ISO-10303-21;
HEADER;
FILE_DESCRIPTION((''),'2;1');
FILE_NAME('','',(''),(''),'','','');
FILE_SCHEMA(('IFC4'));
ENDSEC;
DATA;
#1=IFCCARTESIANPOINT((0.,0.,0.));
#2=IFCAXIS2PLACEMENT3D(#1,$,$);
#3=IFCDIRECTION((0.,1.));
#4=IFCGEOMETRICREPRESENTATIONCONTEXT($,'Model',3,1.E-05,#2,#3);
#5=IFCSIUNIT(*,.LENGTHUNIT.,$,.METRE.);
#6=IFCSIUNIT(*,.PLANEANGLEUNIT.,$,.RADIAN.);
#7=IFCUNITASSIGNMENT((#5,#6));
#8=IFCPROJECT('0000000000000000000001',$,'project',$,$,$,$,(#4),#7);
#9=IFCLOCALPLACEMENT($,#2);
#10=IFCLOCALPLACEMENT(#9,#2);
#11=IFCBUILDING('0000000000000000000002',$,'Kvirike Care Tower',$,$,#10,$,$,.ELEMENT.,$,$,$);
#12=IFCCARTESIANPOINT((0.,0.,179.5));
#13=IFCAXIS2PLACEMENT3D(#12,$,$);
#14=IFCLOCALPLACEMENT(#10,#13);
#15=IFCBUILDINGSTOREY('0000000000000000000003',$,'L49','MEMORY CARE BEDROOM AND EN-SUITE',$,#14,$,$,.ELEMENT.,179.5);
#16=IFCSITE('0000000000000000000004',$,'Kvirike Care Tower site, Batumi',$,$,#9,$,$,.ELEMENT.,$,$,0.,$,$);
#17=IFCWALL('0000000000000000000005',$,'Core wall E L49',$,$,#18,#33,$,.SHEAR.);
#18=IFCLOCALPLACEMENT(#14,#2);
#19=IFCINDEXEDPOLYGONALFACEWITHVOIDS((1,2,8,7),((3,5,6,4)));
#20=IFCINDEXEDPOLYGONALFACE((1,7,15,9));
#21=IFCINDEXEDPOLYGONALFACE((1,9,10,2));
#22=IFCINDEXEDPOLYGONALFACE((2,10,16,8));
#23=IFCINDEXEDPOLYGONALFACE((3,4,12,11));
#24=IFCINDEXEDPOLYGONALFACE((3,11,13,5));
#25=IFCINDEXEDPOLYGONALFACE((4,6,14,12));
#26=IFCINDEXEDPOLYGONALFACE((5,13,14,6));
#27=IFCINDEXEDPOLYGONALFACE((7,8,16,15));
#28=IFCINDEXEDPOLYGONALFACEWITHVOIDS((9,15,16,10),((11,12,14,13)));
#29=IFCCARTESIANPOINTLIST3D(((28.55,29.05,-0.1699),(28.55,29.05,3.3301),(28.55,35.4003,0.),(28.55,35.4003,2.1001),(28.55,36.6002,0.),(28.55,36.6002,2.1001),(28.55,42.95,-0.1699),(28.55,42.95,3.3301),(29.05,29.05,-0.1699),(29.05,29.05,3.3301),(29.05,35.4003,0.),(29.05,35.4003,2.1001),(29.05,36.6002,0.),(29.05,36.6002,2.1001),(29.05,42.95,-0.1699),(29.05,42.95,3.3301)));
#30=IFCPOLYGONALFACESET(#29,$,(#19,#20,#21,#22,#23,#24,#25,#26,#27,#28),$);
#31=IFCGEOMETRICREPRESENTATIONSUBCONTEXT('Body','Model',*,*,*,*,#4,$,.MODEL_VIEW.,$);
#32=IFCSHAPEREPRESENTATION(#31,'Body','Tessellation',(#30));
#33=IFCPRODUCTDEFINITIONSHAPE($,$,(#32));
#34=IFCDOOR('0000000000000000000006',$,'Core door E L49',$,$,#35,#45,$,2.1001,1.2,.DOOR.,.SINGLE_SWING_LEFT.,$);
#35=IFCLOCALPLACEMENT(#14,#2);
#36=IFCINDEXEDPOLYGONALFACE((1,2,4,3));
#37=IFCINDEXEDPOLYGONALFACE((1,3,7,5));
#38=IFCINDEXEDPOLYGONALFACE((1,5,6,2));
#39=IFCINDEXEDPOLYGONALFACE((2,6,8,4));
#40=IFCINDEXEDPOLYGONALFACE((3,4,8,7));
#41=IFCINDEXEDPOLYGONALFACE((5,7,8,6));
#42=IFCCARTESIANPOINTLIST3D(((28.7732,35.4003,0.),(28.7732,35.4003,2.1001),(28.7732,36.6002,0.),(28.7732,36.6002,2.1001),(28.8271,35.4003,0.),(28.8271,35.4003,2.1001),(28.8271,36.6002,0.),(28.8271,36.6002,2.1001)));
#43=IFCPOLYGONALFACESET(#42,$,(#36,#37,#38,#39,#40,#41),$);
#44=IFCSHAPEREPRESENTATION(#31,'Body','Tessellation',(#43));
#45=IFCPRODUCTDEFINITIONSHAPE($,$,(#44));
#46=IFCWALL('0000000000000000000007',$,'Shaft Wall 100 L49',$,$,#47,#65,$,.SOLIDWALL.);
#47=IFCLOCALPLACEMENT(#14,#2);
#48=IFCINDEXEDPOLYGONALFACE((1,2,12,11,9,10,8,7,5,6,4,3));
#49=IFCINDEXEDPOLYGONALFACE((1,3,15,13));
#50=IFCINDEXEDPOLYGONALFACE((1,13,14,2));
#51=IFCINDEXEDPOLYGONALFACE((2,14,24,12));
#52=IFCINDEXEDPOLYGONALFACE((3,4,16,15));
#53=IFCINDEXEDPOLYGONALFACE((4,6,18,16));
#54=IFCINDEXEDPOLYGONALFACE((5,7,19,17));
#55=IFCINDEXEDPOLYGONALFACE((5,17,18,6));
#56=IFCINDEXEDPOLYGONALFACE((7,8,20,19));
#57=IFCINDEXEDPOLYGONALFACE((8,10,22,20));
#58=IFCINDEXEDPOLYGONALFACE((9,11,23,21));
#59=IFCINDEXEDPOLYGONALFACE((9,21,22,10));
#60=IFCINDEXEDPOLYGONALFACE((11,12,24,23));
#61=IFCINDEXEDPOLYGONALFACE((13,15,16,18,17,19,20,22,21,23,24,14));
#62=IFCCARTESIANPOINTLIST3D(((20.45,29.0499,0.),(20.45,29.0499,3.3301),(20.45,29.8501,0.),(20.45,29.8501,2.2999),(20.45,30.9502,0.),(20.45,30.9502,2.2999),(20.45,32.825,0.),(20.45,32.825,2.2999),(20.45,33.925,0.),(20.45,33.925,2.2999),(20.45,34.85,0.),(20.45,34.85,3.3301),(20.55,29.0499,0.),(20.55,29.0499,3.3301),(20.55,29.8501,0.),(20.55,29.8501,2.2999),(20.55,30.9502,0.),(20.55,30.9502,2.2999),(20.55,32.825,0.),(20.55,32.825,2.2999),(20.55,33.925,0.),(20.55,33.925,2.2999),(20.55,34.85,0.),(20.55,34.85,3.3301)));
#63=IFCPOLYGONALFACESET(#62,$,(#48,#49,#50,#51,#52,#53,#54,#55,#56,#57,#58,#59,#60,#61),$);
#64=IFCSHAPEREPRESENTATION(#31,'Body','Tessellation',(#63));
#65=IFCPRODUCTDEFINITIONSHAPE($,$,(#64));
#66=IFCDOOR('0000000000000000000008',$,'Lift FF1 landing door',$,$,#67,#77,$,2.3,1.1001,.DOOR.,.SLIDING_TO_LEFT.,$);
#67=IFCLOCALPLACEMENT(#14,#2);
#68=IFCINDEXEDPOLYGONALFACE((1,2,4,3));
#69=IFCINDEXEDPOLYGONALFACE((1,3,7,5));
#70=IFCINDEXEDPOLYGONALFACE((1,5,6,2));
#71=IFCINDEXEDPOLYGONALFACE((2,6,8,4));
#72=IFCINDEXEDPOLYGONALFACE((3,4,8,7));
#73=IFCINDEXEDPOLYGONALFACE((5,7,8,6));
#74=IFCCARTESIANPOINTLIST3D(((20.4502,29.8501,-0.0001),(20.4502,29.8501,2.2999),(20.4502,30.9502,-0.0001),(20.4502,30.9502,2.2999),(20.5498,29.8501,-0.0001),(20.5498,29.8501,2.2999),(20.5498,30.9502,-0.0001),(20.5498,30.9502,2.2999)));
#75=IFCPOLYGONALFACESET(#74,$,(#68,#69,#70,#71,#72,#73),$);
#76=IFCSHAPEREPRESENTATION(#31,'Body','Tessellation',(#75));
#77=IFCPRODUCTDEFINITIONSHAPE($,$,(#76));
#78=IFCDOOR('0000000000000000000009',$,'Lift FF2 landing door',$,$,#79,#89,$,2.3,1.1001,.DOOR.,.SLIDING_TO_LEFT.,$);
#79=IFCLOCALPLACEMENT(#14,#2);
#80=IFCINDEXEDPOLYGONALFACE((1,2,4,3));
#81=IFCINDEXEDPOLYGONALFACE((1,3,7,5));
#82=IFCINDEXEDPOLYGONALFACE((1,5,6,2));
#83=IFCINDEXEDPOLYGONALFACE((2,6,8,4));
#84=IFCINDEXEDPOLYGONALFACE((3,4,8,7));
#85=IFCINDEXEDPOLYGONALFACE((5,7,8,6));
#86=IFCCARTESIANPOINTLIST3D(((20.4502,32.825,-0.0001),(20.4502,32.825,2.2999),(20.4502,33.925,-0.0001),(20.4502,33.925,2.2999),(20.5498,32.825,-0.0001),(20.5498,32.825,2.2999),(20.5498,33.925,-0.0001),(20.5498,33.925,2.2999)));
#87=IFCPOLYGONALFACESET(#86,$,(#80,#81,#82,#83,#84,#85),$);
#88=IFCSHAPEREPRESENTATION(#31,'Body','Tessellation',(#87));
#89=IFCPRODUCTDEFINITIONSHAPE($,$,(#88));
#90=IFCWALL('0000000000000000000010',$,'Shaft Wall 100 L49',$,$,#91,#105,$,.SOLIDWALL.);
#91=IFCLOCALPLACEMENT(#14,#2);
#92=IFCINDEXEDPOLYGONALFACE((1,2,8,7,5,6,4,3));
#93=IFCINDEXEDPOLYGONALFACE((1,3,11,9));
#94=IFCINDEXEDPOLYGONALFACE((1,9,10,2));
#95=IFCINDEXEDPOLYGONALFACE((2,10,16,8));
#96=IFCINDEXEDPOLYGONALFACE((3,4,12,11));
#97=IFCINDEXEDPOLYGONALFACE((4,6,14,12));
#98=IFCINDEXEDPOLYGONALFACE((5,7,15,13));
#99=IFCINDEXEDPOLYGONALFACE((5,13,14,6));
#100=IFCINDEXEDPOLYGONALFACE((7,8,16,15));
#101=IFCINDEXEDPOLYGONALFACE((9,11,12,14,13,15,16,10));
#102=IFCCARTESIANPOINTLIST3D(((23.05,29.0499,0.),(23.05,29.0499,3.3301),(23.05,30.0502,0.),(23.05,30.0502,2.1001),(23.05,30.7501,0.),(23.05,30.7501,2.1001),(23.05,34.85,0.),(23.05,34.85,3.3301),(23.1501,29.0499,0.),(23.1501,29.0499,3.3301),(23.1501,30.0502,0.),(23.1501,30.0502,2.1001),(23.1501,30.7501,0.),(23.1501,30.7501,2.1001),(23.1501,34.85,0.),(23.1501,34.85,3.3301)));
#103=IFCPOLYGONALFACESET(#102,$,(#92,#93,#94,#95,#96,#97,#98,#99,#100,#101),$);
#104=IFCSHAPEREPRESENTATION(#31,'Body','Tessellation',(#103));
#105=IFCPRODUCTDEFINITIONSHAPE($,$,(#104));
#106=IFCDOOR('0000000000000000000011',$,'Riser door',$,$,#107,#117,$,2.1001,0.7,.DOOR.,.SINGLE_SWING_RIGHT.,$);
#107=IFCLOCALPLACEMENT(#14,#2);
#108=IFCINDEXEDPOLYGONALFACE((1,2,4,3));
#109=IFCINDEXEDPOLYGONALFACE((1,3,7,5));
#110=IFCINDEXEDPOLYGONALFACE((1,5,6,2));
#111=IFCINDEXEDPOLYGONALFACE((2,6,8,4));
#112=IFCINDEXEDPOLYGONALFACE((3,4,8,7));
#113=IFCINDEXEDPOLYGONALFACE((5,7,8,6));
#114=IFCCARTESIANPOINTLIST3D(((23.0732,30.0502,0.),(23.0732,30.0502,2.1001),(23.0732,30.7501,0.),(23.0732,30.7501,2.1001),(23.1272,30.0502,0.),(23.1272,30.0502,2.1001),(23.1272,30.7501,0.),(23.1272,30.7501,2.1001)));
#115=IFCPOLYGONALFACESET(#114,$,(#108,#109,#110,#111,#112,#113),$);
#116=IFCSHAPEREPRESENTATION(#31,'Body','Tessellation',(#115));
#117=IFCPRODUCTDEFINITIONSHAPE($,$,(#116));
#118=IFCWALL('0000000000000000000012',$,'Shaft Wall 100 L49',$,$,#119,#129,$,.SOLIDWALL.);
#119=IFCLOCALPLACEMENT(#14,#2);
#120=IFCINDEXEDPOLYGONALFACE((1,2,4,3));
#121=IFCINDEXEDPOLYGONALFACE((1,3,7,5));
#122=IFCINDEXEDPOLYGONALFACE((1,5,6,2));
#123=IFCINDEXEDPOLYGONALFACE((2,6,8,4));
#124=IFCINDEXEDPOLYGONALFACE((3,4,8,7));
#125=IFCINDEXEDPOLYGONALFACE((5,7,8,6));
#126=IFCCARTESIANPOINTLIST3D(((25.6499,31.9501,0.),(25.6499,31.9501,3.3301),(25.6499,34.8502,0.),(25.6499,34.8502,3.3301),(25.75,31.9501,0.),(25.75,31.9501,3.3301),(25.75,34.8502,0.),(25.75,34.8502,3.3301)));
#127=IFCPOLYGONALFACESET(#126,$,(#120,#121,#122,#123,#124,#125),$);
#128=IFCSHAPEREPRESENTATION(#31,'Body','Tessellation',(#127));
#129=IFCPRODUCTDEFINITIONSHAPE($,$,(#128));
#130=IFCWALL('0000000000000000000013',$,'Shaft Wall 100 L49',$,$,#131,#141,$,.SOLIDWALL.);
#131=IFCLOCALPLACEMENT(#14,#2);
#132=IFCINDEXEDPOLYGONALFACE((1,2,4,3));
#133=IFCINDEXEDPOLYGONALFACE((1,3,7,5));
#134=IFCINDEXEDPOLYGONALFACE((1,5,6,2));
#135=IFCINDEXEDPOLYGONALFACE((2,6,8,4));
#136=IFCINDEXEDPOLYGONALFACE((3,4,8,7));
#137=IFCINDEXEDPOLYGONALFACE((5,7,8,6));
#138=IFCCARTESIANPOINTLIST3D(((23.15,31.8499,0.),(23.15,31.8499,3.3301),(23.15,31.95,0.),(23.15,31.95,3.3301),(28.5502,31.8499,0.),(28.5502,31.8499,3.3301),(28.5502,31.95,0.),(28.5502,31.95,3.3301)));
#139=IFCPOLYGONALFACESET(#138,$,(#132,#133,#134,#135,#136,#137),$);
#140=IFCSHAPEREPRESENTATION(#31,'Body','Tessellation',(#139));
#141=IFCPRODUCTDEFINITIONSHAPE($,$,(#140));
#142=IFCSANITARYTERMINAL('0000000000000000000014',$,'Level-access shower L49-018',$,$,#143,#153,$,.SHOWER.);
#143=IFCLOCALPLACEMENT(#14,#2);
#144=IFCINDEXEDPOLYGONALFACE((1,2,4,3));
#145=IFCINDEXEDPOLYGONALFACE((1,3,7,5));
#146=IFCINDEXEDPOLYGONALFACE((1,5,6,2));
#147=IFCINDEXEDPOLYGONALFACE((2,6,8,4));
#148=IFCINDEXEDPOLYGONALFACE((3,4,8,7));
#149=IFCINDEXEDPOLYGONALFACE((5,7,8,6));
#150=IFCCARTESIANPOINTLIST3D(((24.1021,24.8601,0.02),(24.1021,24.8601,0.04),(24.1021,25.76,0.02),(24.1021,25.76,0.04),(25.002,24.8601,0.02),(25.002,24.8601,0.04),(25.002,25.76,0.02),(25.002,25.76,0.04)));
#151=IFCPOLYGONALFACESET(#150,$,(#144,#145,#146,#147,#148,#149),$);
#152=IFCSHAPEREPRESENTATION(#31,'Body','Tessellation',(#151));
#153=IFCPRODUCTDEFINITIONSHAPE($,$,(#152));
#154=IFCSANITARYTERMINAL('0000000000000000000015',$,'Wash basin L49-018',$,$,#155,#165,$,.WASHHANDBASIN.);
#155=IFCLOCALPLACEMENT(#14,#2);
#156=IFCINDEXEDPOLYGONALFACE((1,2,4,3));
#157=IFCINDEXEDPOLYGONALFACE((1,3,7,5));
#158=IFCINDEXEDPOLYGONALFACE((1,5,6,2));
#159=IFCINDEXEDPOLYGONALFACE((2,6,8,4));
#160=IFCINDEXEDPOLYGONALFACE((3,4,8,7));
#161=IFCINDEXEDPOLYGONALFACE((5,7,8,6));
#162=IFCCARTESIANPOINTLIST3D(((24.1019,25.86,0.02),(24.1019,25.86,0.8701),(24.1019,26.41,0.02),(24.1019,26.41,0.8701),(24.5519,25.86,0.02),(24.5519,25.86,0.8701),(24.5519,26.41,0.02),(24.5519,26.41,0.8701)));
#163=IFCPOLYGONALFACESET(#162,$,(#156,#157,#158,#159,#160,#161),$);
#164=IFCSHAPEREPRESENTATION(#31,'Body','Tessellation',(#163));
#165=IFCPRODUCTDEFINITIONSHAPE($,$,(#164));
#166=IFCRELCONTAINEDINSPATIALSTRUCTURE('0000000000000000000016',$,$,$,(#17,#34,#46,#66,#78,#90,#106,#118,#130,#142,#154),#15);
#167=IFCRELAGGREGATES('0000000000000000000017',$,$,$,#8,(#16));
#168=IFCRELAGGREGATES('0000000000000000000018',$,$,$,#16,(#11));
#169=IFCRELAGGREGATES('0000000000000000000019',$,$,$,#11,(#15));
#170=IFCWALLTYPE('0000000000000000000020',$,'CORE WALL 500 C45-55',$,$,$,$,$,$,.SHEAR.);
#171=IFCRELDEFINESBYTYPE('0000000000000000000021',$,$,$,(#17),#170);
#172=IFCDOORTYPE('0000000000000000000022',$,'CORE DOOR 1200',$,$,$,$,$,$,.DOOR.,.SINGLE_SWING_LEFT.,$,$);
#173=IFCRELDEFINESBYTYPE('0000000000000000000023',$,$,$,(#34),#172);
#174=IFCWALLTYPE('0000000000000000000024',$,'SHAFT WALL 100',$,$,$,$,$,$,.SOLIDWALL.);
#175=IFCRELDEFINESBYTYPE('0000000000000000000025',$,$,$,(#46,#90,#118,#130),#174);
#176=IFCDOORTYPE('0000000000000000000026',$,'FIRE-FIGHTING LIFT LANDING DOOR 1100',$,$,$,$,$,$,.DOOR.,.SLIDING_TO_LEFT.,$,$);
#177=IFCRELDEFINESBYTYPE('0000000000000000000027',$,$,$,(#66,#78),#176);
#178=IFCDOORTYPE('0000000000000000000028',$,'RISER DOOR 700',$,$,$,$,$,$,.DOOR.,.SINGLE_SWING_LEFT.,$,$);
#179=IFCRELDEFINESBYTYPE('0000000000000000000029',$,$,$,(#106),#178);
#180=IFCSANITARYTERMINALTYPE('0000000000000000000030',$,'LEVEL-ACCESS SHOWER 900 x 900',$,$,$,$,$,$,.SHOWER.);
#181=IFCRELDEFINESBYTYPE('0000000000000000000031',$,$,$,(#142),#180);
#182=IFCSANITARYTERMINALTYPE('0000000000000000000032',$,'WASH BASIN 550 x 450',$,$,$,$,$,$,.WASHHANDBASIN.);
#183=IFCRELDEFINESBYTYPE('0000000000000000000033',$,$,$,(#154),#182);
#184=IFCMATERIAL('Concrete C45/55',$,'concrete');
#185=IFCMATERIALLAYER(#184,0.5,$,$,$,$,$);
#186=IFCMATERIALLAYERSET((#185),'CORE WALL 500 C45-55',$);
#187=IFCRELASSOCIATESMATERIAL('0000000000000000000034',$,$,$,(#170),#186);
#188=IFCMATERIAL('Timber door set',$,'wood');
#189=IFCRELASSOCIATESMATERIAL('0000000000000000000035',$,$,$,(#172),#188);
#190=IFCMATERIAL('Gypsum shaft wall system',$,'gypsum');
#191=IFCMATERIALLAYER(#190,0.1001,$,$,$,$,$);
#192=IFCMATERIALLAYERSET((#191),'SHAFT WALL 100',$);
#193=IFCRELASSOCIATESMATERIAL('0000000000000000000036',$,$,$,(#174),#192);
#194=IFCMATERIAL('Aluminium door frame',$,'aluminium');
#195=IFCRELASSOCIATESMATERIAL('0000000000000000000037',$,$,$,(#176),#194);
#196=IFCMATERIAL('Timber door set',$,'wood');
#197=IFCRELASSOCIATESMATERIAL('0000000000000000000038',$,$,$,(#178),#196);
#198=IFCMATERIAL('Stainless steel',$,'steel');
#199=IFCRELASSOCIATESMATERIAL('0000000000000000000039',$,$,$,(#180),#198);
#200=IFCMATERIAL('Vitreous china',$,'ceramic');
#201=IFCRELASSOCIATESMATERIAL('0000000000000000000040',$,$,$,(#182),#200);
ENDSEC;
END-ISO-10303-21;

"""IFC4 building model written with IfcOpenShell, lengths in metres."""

from ifc_helpers import new_model, si_unit, direction, frame, frame_2d, origin, origin_2d, place, context, subcontext, project, spatial, rectangle, extrude, material, layer, layer_set, type_object, element, fill, save


model = new_model("IFC4")

# Units and contexts
model_context = context("Model", 3, precision=1e-05, world=origin(), true_north=direction((0.0, 1.0)))
body_context = subcontext(model_context, "Body", "Model", "MODEL_VIEW")
ifc_project = project(units=[si_unit("LENGTHUNIT", "METRE"), si_unit("PLANEANGLEUNIT", "RADIAN")], contexts=[model_context])

# Site, building, storey
site_placement = place(None, origin())
site = spatial("IfcSite", under=ifc_project, at=site_placement, Name="Kvirike Care Tower site, Batumi", CompositionType="ELEMENT", RefElevation=0.0)
building_placement = place(site_placement, origin())
building = spatial("IfcBuilding", under=site, at=building_placement, Name="Kvirike Care Tower", CompositionType="ELEMENT")
storey_placement = place(building_placement, frame((0.0, 0.0, 179.5)))
storey = spatial("IfcBuildingStorey", under=building, at=storey_placement, Name="L49", Description="MEMORY CARE BEDROOM AND EN-SUITE", CompositionType="ELEMENT", Elevation=179.5)

# Wall, opening, door
ifc_material_1 = material(Name="Concrete C45/55", Category="concrete")
ifc_layer_1 = layer(ifc_material_1, 0.5)
ifc_layer_set_1 = layer_set([ifc_layer_1], Name="CORE WALL 500 C45-55")
wall_type_1 = type_object("IfcWallType", Name="CORE WALL 500 C45-55", PredefinedType="SHEAR", material=ifc_layer_set_1)
wall_1_placement = place(storey_placement, frame((28.8, 29.05, -0.1699), z_axis=(0.0, 0.0, 1.0), x_axis=(0.0, 1.0, 0.0)))
wall_1 = element("IfcWall", 1, at=wall_1_placement, inside=storey, type_object=wall_type_1, Name="Core wall E L49", PredefinedType="SHEAR", context=body_context, shape_type="SweptSolid", body=[
    extrude(rectangle(XDim=13.8999, YDim=0.5, at=frame_2d((6.95, 0.0))), origin(), (0.0, 0.0, 1.0), 3.5),
])
opening_1_placement = place(wall_1_placement, frame((6.3501, 0.0, 0.1699)))
opening_1 = element("IfcOpeningElement", 2, at=opening_1_placement, cuts=wall_1, PredefinedType="OPENING", context=body_context, shape_type="SweptSolid", body=[
    extrude(rectangle(XDim=1.2, YDim=2.1001, at=frame_2d((0.6001, 1.05))), frame((0.0, 0.2605, 0.0), z_axis=(0.0, -1.0, 0.0), x_axis=(1.0, 0.0, 0.0)), (0.0, 0.0, 1.0), 0.521),
])
ifc_material_2 = material(Name="Timber door set", Category="wood")
door_type_1 = type_object("IfcDoorType", Name="CORE DOOR 1200", OperationType="SINGLE_SWING_LEFT", PredefinedType="DOOR", material=ifc_material_2)
door_1_placement = place(opening_1_placement, origin())
door_1 = element("IfcDoor", 3, at=door_1_placement, inside=storey, type_object=door_type_1, Name="Core door E L49", OperationType="SINGLE_SWING_LEFT", OverallHeight=2.1001, OverallWidth=1.2, PredefinedType="DOOR", context=body_context, shape_type="SweptSolid", body=[
    extrude(rectangle(XDim=1.2, YDim=2.1001, at=frame_2d((0.6001, 1.05))), frame((0.0, 0.0269, 0.0), z_axis=(0.0, -1.0, 0.0), x_axis=(1.0, 0.0, 0.0)), (0.0, 0.0, 1.0), 0.054),
])
fill(opening_1, door_1)

# Wall, openings, doors
ifc_material_3 = material(Name="Gypsum shaft wall system", Category="gypsum")
ifc_layer_2 = layer(ifc_material_3, 0.1001)
ifc_layer_set_2 = layer_set([ifc_layer_2], Name="SHAFT WALL 100")
wall_type_2 = type_object("IfcWallType", Name="SHAFT WALL 100", PredefinedType="SOLIDWALL", material=ifc_layer_set_2)
wall_2_placement = place(storey_placement, frame((20.5, 29.05, 0.0), z_axis=(0.0, 0.0, 1.0), x_axis=(0.0, 1.0, 0.0)))
wall_2 = element("IfcWall", 4, at=wall_2_placement, inside=storey, type_object=wall_type_2, Name="Shaft Wall 100 L49", PredefinedType="SOLIDWALL", context=body_context, shape_type="SweptSolid", body=[
    extrude(rectangle(XDim=5.8, YDim=0.1001, at=frame_2d((2.8999, 0.0))), origin(), (0.0, 0.0, 1.0), 3.3301),
])
opening_2_placement = place(wall_2_placement, frame((0.8, 0.0, 0.0)))
opening_2 = element("IfcOpeningElement", 5, at=opening_2_placement, cuts=wall_2, PredefinedType="OPENING", context=body_context, shape_type="SweptSolid", body=[
    extrude(rectangle(XDim=1.1001, YDim=2.3, at=frame_2d((0.55, 1.1499))), frame((0.0, 0.0605, 0.0), z_axis=(0.0, -1.0, 0.0), x_axis=(1.0, 0.0, 0.0)), (0.0, 0.0, 1.0), 0.1211),
])
opening_3_placement = place(wall_2_placement, frame((3.7749, 0.0, 0.0)))
opening_3 = element("IfcOpeningElement", 6, at=opening_3_placement, cuts=wall_2, PredefinedType="OPENING", context=body_context, shape_type="SweptSolid", body=[
    extrude(rectangle(XDim=1.1001, YDim=2.3, at=frame_2d((0.55, 1.1499))), frame((0.0, 0.0605, 0.0), z_axis=(0.0, -1.0, 0.0), x_axis=(1.0, 0.0, 0.0)), (0.0, 0.0, 1.0), 0.1211),
])
ifc_material_4 = material(Name="Aluminium door frame", Category="aluminium")
door_type_2 = type_object("IfcDoorType", Name="FIRE-FIGHTING LIFT LANDING DOOR 1100", OperationType="SLIDING_TO_LEFT", PredefinedType="DOOR", material=ifc_material_4)
door_2_placement = place(opening_2_placement, origin())
door_2 = element("IfcDoor", 7, at=door_2_placement, inside=storey, type_object=door_type_2, Name="Lift FF1 landing door", OperationType="SLIDING_TO_LEFT", OverallHeight=2.3, OverallWidth=1.1001, PredefinedType="DOOR", context=body_context, shape_type="SweptSolid", body=[
    extrude(rectangle(XDim=1.1001, YDim=2.3, at=frame_2d((0.55, 1.1499))), frame((0.0, 0.0498, 0.0), z_axis=(0.0, -1.0, 0.0), x_axis=(1.0, 0.0, 0.0)), (0.0, 0.0, 1.0), 0.0996),
])
fill(opening_2, door_2)
door_3_placement = place(opening_3_placement, origin())
door_3 = element("IfcDoor", 8, at=door_3_placement, inside=storey, type_object=door_type_2, Name="Lift FF2 landing door", OperationType="SLIDING_TO_LEFT", OverallHeight=2.3, OverallWidth=1.1001, PredefinedType="DOOR", context=body_context, shape_type="SweptSolid", body=[
    extrude(rectangle(XDim=1.1001, YDim=2.3, at=frame_2d((0.55, 1.1499))), frame((0.0, 0.0498, 0.0), z_axis=(0.0, -1.0, 0.0), x_axis=(1.0, 0.0, 0.0)), (0.0, 0.0, 1.0), 0.0996),
])
fill(opening_3, door_3)

# Wall, opening, door
wall_3_placement = place(storey_placement, frame((23.1001, 29.05, 0.0), z_axis=(0.0, 0.0, 1.0), x_axis=(0.0, 1.0, 0.0)))
wall_3 = element("IfcWall", 9, at=wall_3_placement, inside=storey, type_object=wall_type_2, Name="Shaft Wall 100 L49", PredefinedType="SOLIDWALL", context=body_context, shape_type="SweptSolid", body=[
    extrude(rectangle(XDim=5.8, YDim=0.1001, at=frame_2d((2.8999, 0.0))), origin(), (0.0, 0.0, 1.0), 3.3301),
])
opening_4_placement = place(wall_3_placement, frame((1.0, 0.0, 0.0)))
opening_4 = element("IfcOpeningElement", 10, at=opening_4_placement, cuts=wall_3, PredefinedType="OPENING", context=body_context, shape_type="SweptSolid", body=[
    extrude(rectangle(XDim=0.7, YDim=2.1001, at=frame_2d((0.3501, 1.05))), frame((0.0, 0.0605, 0.0), z_axis=(0.0, -1.0, 0.0), x_axis=(1.0, 0.0, 0.0)), (0.0, 0.0, 1.0), 0.1211),
])
ifc_material_5 = material(Name="Timber door set", Category="wood")
door_type_3 = type_object("IfcDoorType", Name="RISER DOOR 700", OperationType="SINGLE_SWING_LEFT", PredefinedType="DOOR", material=ifc_material_5)
door_4_placement = place(opening_4_placement, origin())
door_4 = element("IfcDoor", 11, at=door_4_placement, inside=storey, type_object=door_type_3, Name="Riser door", OperationType="SINGLE_SWING_RIGHT", OverallHeight=2.1001, OverallWidth=0.7, PredefinedType="DOOR", context=body_context, shape_type="SweptSolid", body=[
    extrude(rectangle(XDim=0.7, YDim=2.1001, at=frame_2d((0.3501, 1.05))), frame((0.0, 0.0269, 0.0), z_axis=(0.0, -1.0, 0.0), x_axis=(1.0, 0.0, 0.0)), (0.0, 0.0, 1.0), 0.054),
])
fill(opening_4, door_4)

# Walls
wall_4_placement = place(storey_placement, frame((25.7, 31.95, 0.0), z_axis=(0.0, 0.0, 1.0), x_axis=(0.0, 1.0, 0.0)))
element("IfcWall", 12, at=wall_4_placement, inside=storey, type_object=wall_type_2, Name="Shaft Wall 100 L49", PredefinedType="SOLIDWALL", context=body_context, shape_type="SweptSolid", body=[
    extrude(rectangle(XDim=2.9001, YDim=0.1001, at=frame_2d((1.4502, 0.0))), origin(), (0.0, 0.0, 1.0), 3.3301),
])
wall_5_placement = place(storey_placement, frame((23.1499, 31.8999, 0.0), z_axis=(0.0, 0.0, 1.0), x_axis=(1.0, 0.0, 0.0)))
element("IfcWall", 13, at=wall_5_placement, inside=storey, type_object=wall_type_2, Name="Shaft Wall 100 L49", PredefinedType="SOLIDWALL", context=body_context, shape_type="SweptSolid", body=[
    extrude(rectangle(XDim=5.4001, YDim=0.1001, at=frame_2d((2.7002, 0.0))), origin(), (0.0, 0.0, 1.0), 3.3301),
])

# Sanitary terminals
ifc_material_6 = material(Name="Stainless steel", Category="steel")
sanitary_terminal_type_1 = type_object("IfcSanitaryTerminalType", Name="LEVEL-ACCESS SHOWER 900 x 900", PredefinedType="SHOWER", material=ifc_material_6)
sanitary_terminal_1_placement = place(storey_placement, frame((24.552, 25.3101, 0.02), z_axis=(0.0, 0.0, 1.0), x_axis=(0.0, 1.0, 0.0)))
element("IfcSanitaryTerminal", 14, at=sanitary_terminal_1_placement, inside=storey, type_object=sanitary_terminal_type_1, Name="Level-access shower L49-018", PredefinedType="SHOWER", context=body_context, shape_type="SweptSolid", body=[
    extrude(rectangle(XDim=0.8999, YDim=0.8999, at=origin_2d()), origin(), (0.0, 0.0, 1.0), 0.02),
])
ifc_material_7 = material(Name="Vitreous china", Category="ceramic")
sanitary_terminal_type_2 = type_object("IfcSanitaryTerminalType", Name="WASH BASIN 550 x 450", PredefinedType="WASHHANDBASIN", material=ifc_material_7)
sanitary_terminal_2_placement = place(storey_placement, frame((24.3269, 26.135, 0.02), z_axis=(0.0, 0.0, 1.0), x_axis=(0.0, 1.0, 0.0)))
element("IfcSanitaryTerminal", 15, at=sanitary_terminal_2_placement, inside=storey, type_object=sanitary_terminal_type_2, Name="Wash basin L49-018", PredefinedType="WASHHANDBASIN", context=body_context, shape_type="SweptSolid", body=[
    extrude(rectangle(XDim=0.55, YDim=0.45, at=origin_2d()), origin(), (0.0, 0.0, 1.0), 0.8501),
])

save(model, "model.ifc")
